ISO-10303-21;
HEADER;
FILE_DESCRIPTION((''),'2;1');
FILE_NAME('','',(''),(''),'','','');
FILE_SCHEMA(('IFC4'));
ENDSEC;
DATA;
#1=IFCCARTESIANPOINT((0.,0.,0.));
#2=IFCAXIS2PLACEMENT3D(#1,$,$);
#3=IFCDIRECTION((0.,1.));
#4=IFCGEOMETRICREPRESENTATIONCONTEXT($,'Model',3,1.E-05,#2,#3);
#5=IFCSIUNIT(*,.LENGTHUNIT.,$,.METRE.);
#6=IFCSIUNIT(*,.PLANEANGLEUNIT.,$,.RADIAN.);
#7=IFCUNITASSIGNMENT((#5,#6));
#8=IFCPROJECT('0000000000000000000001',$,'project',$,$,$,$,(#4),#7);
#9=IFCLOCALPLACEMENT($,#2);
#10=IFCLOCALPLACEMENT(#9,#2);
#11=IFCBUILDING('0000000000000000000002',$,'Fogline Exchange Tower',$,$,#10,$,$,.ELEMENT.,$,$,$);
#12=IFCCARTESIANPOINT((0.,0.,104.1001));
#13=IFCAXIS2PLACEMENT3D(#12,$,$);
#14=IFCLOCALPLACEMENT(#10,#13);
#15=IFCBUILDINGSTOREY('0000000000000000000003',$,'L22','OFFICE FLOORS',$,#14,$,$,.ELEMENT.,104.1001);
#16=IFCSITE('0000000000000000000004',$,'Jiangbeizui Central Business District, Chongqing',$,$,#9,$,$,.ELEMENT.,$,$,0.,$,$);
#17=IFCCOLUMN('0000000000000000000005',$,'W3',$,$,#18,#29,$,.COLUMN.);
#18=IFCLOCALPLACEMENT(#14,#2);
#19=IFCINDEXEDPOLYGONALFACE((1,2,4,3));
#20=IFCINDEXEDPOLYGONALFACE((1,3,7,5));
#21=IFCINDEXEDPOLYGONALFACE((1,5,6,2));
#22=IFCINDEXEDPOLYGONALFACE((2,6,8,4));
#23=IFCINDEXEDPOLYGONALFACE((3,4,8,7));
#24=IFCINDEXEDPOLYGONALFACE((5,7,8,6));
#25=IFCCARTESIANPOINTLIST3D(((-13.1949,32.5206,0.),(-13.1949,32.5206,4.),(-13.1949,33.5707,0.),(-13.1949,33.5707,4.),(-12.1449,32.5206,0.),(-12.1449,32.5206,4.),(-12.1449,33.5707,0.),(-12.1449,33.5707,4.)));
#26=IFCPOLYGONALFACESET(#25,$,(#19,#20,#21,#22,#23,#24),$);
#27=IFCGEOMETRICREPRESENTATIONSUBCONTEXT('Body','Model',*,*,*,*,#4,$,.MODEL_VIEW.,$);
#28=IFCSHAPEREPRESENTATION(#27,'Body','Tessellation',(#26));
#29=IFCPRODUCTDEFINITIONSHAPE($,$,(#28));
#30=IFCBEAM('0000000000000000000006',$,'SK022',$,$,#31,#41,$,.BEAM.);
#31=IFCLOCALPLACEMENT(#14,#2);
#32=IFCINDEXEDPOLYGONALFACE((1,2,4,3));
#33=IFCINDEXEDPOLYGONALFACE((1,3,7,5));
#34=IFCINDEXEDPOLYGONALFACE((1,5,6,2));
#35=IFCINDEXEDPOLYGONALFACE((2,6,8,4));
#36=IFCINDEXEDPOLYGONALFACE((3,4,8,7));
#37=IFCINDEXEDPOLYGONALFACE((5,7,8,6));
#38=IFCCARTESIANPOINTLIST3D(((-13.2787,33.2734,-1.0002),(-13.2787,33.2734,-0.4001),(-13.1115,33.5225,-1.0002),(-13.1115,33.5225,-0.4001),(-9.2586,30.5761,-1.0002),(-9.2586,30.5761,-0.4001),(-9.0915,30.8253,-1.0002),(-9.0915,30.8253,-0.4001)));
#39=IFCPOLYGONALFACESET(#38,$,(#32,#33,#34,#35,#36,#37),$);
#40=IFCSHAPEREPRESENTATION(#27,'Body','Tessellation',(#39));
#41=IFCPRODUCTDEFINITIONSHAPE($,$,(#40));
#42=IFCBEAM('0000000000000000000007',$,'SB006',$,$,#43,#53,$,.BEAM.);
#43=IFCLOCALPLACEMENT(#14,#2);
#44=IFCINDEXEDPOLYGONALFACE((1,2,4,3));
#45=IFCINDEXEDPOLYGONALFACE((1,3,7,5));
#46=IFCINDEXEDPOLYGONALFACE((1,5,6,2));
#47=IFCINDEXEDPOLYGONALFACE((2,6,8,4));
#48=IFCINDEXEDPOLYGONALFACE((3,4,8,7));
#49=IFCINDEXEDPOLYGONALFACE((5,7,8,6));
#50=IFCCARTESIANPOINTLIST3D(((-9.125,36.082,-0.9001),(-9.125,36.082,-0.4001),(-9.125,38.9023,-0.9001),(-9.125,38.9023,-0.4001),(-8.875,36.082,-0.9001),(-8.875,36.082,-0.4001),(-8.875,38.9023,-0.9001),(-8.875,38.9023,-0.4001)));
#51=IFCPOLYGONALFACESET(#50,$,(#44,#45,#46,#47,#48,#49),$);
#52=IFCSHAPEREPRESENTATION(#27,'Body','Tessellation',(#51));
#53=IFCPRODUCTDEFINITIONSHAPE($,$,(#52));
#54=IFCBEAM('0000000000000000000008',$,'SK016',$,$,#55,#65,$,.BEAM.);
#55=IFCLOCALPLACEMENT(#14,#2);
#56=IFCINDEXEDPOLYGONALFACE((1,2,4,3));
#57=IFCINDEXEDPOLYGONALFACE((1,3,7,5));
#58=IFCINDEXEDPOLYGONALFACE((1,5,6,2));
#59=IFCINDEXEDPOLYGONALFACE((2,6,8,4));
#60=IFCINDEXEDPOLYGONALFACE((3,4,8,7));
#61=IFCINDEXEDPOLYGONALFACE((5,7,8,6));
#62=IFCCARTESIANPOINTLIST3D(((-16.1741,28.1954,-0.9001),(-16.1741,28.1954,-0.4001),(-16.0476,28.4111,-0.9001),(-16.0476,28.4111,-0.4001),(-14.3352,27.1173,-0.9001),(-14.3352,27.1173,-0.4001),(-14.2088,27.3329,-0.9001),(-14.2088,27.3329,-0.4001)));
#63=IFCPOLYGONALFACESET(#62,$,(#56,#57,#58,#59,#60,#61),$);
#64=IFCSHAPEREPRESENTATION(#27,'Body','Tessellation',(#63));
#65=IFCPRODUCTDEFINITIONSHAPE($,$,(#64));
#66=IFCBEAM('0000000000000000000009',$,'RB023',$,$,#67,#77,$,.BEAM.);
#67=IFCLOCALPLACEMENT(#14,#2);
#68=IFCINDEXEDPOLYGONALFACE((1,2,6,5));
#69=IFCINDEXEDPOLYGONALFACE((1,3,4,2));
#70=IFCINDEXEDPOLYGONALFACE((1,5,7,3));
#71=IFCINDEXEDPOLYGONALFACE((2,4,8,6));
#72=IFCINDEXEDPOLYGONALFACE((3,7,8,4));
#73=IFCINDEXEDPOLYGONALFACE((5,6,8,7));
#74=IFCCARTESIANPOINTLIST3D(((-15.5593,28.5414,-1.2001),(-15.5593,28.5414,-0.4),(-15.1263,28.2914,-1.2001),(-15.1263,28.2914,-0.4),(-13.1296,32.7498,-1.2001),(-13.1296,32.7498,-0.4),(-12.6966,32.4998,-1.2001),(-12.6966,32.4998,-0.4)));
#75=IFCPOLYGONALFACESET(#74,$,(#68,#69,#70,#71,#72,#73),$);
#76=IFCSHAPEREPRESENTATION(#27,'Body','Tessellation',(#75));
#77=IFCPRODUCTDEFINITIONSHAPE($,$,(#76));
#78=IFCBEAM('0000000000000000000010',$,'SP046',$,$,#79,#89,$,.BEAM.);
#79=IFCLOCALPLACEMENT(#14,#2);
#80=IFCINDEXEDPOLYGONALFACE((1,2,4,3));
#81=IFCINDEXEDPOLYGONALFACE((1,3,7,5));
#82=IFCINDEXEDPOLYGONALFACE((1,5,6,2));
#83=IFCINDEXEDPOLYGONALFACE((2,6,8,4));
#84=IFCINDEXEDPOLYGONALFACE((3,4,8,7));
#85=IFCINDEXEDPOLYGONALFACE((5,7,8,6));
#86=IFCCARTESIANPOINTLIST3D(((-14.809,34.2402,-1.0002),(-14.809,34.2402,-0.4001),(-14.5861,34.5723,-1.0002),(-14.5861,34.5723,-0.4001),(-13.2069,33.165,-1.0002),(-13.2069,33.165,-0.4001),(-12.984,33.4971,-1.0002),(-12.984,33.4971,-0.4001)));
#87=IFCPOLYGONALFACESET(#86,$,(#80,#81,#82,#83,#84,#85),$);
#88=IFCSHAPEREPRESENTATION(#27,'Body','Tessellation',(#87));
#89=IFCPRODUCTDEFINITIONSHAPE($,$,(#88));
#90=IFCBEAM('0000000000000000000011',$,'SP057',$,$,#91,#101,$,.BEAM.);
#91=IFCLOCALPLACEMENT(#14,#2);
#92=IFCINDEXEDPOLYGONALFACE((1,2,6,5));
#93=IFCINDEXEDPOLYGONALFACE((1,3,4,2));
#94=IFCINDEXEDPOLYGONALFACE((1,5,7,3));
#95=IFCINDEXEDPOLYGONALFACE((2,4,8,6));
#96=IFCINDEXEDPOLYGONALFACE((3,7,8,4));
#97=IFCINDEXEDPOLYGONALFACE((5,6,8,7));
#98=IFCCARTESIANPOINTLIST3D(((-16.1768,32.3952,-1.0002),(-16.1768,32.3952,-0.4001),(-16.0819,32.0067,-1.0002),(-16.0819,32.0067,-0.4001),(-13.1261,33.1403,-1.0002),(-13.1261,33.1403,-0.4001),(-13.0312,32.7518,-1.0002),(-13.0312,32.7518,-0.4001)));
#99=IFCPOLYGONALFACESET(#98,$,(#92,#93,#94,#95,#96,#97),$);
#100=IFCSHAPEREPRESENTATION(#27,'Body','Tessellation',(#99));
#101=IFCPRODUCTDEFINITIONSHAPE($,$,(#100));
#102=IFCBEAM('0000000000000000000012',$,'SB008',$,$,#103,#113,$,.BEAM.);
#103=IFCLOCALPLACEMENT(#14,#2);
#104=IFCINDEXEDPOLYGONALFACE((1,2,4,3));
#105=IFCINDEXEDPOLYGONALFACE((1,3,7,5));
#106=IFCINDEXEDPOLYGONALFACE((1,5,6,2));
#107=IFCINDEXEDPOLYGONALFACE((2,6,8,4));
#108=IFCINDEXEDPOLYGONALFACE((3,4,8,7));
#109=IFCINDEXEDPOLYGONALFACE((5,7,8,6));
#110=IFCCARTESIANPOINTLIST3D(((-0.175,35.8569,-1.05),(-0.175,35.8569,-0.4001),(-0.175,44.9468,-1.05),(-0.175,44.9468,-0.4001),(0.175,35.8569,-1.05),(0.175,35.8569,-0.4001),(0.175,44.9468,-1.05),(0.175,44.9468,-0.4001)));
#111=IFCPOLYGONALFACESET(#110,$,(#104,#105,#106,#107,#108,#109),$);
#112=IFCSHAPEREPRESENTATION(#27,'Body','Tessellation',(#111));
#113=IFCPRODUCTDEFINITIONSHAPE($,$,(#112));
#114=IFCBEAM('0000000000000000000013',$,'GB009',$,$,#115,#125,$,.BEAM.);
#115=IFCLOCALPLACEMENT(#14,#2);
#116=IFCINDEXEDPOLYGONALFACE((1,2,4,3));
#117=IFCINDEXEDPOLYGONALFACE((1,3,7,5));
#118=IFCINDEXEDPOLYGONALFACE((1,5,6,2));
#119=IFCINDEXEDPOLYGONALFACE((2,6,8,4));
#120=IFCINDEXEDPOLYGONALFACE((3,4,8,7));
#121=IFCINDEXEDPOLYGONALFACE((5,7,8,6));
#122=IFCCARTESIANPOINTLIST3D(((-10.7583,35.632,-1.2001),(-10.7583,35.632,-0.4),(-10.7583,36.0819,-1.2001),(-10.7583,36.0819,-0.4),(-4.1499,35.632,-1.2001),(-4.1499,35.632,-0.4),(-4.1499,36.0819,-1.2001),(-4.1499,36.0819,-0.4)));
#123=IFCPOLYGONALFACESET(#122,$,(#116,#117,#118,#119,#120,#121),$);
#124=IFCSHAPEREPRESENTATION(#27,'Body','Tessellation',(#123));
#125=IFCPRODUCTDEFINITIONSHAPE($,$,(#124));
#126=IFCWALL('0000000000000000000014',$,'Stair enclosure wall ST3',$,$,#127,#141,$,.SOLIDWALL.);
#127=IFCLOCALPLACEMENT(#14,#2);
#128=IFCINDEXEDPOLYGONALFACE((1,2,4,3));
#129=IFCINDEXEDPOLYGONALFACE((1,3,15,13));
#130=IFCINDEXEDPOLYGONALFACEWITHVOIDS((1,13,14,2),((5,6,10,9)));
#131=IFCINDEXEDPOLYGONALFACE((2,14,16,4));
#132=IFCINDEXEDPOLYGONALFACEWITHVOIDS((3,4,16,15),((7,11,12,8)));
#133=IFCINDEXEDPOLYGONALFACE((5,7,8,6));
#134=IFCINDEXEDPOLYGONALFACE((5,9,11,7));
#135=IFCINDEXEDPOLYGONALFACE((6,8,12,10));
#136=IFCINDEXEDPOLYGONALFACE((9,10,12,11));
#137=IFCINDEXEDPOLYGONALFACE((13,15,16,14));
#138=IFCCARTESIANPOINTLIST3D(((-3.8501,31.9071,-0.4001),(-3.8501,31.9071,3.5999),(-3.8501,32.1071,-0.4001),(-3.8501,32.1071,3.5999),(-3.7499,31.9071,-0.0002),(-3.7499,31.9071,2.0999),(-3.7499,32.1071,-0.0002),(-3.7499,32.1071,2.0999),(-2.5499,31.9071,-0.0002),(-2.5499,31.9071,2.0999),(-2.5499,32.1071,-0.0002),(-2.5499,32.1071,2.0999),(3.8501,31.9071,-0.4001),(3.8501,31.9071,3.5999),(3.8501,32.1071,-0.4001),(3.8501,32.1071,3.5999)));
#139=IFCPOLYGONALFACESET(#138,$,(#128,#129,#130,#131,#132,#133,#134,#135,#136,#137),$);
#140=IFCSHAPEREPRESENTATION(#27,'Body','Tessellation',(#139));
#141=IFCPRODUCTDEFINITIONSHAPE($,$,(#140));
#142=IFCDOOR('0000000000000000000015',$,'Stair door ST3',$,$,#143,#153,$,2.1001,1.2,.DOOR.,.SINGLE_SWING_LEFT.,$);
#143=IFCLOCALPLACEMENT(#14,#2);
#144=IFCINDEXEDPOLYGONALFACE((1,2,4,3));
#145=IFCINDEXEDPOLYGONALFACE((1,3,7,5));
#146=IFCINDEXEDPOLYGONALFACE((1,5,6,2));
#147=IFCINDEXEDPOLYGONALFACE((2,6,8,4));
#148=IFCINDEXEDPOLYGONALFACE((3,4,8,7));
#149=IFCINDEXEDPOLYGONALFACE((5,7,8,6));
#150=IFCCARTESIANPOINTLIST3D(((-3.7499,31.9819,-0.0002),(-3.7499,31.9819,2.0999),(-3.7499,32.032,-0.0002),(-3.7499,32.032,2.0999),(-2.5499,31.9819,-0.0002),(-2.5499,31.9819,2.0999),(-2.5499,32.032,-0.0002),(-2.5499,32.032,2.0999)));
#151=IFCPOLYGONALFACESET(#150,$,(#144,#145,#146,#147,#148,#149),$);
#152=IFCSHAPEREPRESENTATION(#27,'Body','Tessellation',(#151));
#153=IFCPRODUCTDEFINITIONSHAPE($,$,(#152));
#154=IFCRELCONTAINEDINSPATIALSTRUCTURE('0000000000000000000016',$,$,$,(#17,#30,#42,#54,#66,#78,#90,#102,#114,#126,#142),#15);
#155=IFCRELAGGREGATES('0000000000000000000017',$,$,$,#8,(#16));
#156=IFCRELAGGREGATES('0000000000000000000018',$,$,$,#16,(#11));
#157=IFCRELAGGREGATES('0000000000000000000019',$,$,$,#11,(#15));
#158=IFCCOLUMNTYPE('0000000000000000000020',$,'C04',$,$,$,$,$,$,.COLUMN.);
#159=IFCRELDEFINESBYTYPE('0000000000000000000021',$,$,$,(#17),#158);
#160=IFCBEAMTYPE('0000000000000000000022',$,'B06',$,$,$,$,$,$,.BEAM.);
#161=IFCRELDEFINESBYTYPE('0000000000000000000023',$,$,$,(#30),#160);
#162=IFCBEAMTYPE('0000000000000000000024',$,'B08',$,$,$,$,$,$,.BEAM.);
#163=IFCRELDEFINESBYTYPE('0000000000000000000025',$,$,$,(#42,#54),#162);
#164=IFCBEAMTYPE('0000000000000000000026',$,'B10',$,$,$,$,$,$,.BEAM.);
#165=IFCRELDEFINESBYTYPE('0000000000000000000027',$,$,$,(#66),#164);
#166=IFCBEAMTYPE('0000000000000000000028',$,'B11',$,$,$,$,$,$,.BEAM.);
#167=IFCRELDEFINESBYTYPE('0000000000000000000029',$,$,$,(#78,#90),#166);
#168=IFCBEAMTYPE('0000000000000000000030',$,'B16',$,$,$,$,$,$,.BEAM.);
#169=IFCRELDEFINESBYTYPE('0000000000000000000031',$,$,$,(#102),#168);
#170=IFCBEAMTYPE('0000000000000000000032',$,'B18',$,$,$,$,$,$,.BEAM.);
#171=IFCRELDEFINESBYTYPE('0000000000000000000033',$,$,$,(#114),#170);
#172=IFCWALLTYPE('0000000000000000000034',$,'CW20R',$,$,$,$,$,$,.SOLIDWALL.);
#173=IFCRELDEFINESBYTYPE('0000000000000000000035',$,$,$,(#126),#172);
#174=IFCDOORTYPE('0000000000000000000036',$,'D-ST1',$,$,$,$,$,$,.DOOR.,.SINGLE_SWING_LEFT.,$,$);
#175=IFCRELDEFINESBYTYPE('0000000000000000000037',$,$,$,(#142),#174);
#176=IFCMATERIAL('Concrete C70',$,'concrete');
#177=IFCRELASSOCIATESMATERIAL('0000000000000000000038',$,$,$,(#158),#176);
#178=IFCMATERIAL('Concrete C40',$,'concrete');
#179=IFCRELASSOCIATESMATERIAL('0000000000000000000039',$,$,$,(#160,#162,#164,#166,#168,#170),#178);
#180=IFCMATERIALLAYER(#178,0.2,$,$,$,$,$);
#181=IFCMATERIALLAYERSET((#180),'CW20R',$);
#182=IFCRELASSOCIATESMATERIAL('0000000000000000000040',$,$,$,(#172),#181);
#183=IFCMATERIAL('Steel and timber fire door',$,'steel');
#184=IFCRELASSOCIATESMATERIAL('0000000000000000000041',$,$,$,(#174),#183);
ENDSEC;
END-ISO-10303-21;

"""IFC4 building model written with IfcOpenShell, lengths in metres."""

from ifc_helpers import new_model, si_unit, direction, frame, frame_2d, origin, origin_2d, place, context, subcontext, project, spatial, rectangle, extrude, material, layer, layer_set, material_profile, profile_set, type_object, element, fill, save


model = new_model("IFC4")

# Units and contexts
model_context = context("Model", 3, precision=1e-05, world=origin(), true_north=direction((0.0, 1.0)))
body_context = subcontext(model_context, "Body", "Model", "MODEL_VIEW")
ifc_project = project(units=[si_unit("LENGTHUNIT", "METRE"), si_unit("PLANEANGLEUNIT", "RADIAN")], contexts=[model_context])

# Site, building, storey
site_placement = place(None, origin())
site = spatial("IfcSite", under=ifc_project, at=site_placement, Name="Jiangbeizui Central Business District, Chongqing", CompositionType="ELEMENT", RefElevation=0.0)
building_placement = place(site_placement, origin())
building = spatial("IfcBuilding", under=site, at=building_placement, Name="Fogline Exchange Tower", CompositionType="ELEMENT")
storey_placement = place(building_placement, frame((0.0, 0.0, 104.1001)))
storey = spatial("IfcBuildingStorey", under=building, at=storey_placement, Name="L22", Description="OFFICE FLOORS", CompositionType="ELEMENT", Elevation=104.1001)

# Column
ifc_material_1 = material(Name="Concrete C70", Category="concrete")
ifc_material_profile_1 = material_profile(ifc_material_1, rectangle(XDim=1.05, YDim=1.05, at=origin_2d()), Name="RC 1050x1050")
ifc_profile_set_1 = profile_set([ifc_material_profile_1], Name="Concrete C70")
column_type = type_object("IfcColumnType", Name="C04", PredefinedType="COLUMN", material=ifc_profile_set_1)
column_placement = place(storey_placement, frame((-12.6699, 33.0457, 0.0), z_axis=(0.0, 0.0, 1.0), x_axis=(1.0, 0.0, 0.0)))
element("IfcColumn", 1, at=column_placement, inside=storey, type_object=column_type, Name="W3", PredefinedType="COLUMN", context=body_context, shape_type="SweptSolid", body=[
    extrude(rectangle(XDim=1.05, YDim=1.05, at=origin_2d()), origin(), (0.0, 0.0, 1.0), 4.0),
])

# Beams
ifc_material_2 = material(Name="Concrete C40", Category="concrete")
ifc_material_profile_2 = material_profile(ifc_material_2, rectangle(XDim=0.3, YDim=0.6001, at=origin_2d()), Name="RC 300x600")
ifc_profile_set_2 = profile_set([ifc_material_profile_2], Name="Concrete C40")
beam_type_1 = type_object("IfcBeamType", Name="B06", PredefinedType="BEAM", material=ifc_profile_set_2)
beam_1_placement = place(storey_placement, frame((-13.1951, 33.3979, -0.7002), z_axis=(0.830402, -0.557165, 0.0), x_axis=(0.557165, 0.830402, 0.0)))
element("IfcBeam", 2, at=beam_1_placement, inside=storey, type_object=beam_type_1, Name="SK022", PredefinedType="BEAM", context=body_context, shape_type="SweptSolid", body=[
    extrude(rectangle(XDim=0.3, YDim=0.6001, at=origin_2d()), origin(), (0.0, 0.0, 1.0), 4.8411),
])
ifc_material_profile_3 = material_profile(ifc_material_2, rectangle(XDim=0.25, YDim=0.5, at=origin_2d()), Name="RC 250x500")
ifc_profile_set_3 = profile_set([ifc_material_profile_3], Name="Concrete C40")
beam_type_2 = type_object("IfcBeamType", Name="B08", PredefinedType="BEAM", material=ifc_profile_set_3)
beam_2_placement = place(storey_placement, frame((-9.0, 36.082, -0.6501), z_axis=(0.0, 1.0, 0.0), x_axis=(-1.0, 0.0, 0.0)))
element("IfcBeam", 3, at=beam_2_placement, inside=storey, type_object=beam_type_2, Name="SB006", PredefinedType="BEAM", context=body_context, shape_type="SweptSolid", body=[
    extrude(rectangle(XDim=0.25, YDim=0.5, at=origin_2d()), origin(), (0.0, 0.0, 1.0), 2.8203),
])
beam_3_placement = place(storey_placement, frame((-16.1108, 28.3032, -0.6501), z_axis=(0.862664, -0.505778, 0.0), x_axis=(0.505778, 0.862664, 0.0)))
element("IfcBeam", 4, at=beam_3_placement, inside=storey, type_object=beam_type_2, Name="SK016", PredefinedType="BEAM", context=body_context, shape_type="SweptSolid", body=[
    extrude(rectangle(XDim=0.25, YDim=0.5, at=origin_2d()), origin(), (0.0, 0.0, 1.0), 2.1316),
])
ifc_material_profile_4 = material_profile(ifc_material_2, rectangle(XDim=0.5, YDim=0.8, at=origin_2d()), Name="RC 500x800")
ifc_profile_set_4 = profile_set([ifc_material_profile_4], Name="Concrete C40")
beam_type_3 = type_object("IfcBeamType", Name="B10", PredefinedType="BEAM", material=ifc_profile_set_4)
beam_4_placement = place(storey_placement, frame((-12.9131, 32.6248, -0.8), z_axis=(-0.500008, -0.866021, 0.0), x_axis=(0.866021, -0.500008, 0.0)))
element("IfcBeam", 5, at=beam_4_placement, inside=storey, type_object=beam_type_3, Name="RB023", PredefinedType="BEAM", context=body_context, shape_type="SweptSolid", body=[
    extrude(rectangle(XDim=0.5, YDim=0.8, at=origin_2d()), origin(), (0.0, 0.0, 1.0), 4.8594),
])
ifc_material_profile_5 = material_profile(ifc_material_2, rectangle(XDim=0.3999, YDim=0.6001, at=origin_2d()), Name="RC 400x600")
ifc_profile_set_5 = profile_set([ifc_material_profile_5], Name="Concrete C40")
beam_type_4 = type_object("IfcBeamType", Name="B11", PredefinedType="BEAM", material=ifc_profile_set_5)
beam_5_placement = place(storey_placement, frame((-13.0955, 33.3311, -0.7002), z_axis=(-0.830333, 0.557267, 0.0), x_axis=(-0.557267, -0.830333, 0.0)))
element("IfcBeam", 6, at=beam_5_placement, inside=storey, type_object=beam_type_4, Name="SP046", PredefinedType="BEAM", context=body_context, shape_type="SweptSolid", body=[
    extrude(rectangle(XDim=0.3999, YDim=0.6001, at=origin_2d()), origin(), (0.0, 0.0, 1.0), 1.9294),
])
beam_6_placement = place(storey_placement, frame((-13.0786, 32.946, -0.7002), z_axis=(-0.971445, -0.237264, 0.0), x_axis=(0.237264, -0.971445, 0.0)))
element("IfcBeam", 7, at=beam_6_placement, inside=storey, type_object=beam_type_4, Name="SP057", PredefinedType="BEAM", context=body_context, shape_type="SweptSolid", body=[
    extrude(rectangle(XDim=0.3999, YDim=0.6001, at=origin_2d()), origin(), (0.0, 0.0, 1.0), 3.1404),
])
ifc_material_profile_6 = material_profile(ifc_material_2, rectangle(XDim=0.3501, YDim=0.6499, at=origin_2d()), Name="RC 350x650")
ifc_profile_set_6 = profile_set([ifc_material_profile_6], Name="Concrete C40")
beam_type_5 = type_object("IfcBeamType", Name="B16", PredefinedType="BEAM", material=ifc_profile_set_6)
beam_7_placement = place(storey_placement, frame((0.0, 35.8569, -0.7251), z_axis=(0.0, 1.0, 0.0), x_axis=(-1.0, 0.0, 0.0)))
element("IfcBeam", 8, at=beam_7_placement, inside=storey, type_object=beam_type_5, Name="SB008", PredefinedType="BEAM", context=body_context, shape_type="SweptSolid", body=[
    extrude(rectangle(XDim=0.3501, YDim=0.6499, at=origin_2d()), origin(), (0.0, 0.0, 1.0), 9.0898),
])
ifc_material_profile_7 = material_profile(ifc_material_2, rectangle(XDim=0.45, YDim=0.8, at=origin_2d()), Name="RC 450x800")
ifc_profile_set_7 = profile_set([ifc_material_profile_7], Name="Concrete C40")
beam_type_6 = type_object("IfcBeamType", Name="B18", PredefinedType="BEAM", material=ifc_profile_set_7)
beam_8_placement = place(storey_placement, frame((-10.7583, 35.8569, -0.8), z_axis=(1.0, 0.0, 0.0), x_axis=(0.0, 1.0, 0.0)))
element("IfcBeam", 9, at=beam_8_placement, inside=storey, type_object=beam_type_6, Name="GB009", PredefinedType="BEAM", context=body_context, shape_type="SweptSolid", body=[
    extrude(rectangle(XDim=0.45, YDim=0.8, at=origin_2d()), origin(), (0.0, 0.0, 1.0), 6.6084),
])

# Wall, opening, door
ifc_layer_1 = layer(ifc_material_2, 0.2)
ifc_layer_set_1 = layer_set([ifc_layer_1], Name="CW20R")
wall_type_1 = type_object("IfcWallType", Name="CW20R", PredefinedType="SOLIDWALL", material=ifc_layer_set_1)
wall_1_placement = place(storey_placement, frame((-3.8501, 32.0071, -0.4001), z_axis=(0.0, 0.0, 1.0), x_axis=(1.0, 0.0, 0.0)))
wall_1 = element("IfcWall", 10, at=wall_1_placement, inside=storey, type_object=wall_type_1, Name="Stair enclosure wall ST3", PredefinedType="SOLIDWALL", context=body_context, shape_type="SweptSolid", body=[
    extrude(rectangle(XDim=7.7002, YDim=0.2, at=frame_2d((3.8501, 0.0))), origin(), (0.0, 0.0, 1.0), 4.0),
])
opening_1_placement = place(wall_1_placement, frame((0.1001, 0.0, 0.3999)))
opening_1 = element("IfcOpeningElement", 11, at=opening_1_placement, cuts=wall_1, PredefinedType="OPENING", context=body_context, shape_type="SweptSolid", body=[
    extrude(rectangle(XDim=1.2, YDim=2.1001, at=frame_2d((0.6001, 1.05))), frame((0.0, 0.1099, 0.0), z_axis=(0.0, -1.0, 0.0), x_axis=(1.0, 0.0, 0.0)), (0.0, 0.0, 1.0), 0.22),
])
ifc_material_3 = material(Name="Steel and timber fire door", Category="steel")
door_type_1 = type_object("IfcDoorType", Name="D-ST1", OperationType="SINGLE_SWING_LEFT", PredefinedType="DOOR", material=ifc_material_3)
door_1_placement = place(opening_1_placement, origin())
door_1 = element("IfcDoor", 12, at=door_1_placement, inside=storey, type_object=door_type_1, Name="Stair door ST3", OperationType="SINGLE_SWING_LEFT", OverallHeight=2.1001, OverallWidth=1.2, PredefinedType="DOOR", context=body_context, shape_type="SweptSolid", body=[
    extrude(rectangle(XDim=1.2, YDim=2.1001, at=frame_2d((0.6001, 1.05))), frame((0.0, 0.0249, 0.0), z_axis=(0.0, -1.0, 0.0), x_axis=(1.0, 0.0, 0.0)), (0.0, 0.0, 1.0), 0.05),
])
fill(opening_1, door_1)

save(model, "model.ifc")
